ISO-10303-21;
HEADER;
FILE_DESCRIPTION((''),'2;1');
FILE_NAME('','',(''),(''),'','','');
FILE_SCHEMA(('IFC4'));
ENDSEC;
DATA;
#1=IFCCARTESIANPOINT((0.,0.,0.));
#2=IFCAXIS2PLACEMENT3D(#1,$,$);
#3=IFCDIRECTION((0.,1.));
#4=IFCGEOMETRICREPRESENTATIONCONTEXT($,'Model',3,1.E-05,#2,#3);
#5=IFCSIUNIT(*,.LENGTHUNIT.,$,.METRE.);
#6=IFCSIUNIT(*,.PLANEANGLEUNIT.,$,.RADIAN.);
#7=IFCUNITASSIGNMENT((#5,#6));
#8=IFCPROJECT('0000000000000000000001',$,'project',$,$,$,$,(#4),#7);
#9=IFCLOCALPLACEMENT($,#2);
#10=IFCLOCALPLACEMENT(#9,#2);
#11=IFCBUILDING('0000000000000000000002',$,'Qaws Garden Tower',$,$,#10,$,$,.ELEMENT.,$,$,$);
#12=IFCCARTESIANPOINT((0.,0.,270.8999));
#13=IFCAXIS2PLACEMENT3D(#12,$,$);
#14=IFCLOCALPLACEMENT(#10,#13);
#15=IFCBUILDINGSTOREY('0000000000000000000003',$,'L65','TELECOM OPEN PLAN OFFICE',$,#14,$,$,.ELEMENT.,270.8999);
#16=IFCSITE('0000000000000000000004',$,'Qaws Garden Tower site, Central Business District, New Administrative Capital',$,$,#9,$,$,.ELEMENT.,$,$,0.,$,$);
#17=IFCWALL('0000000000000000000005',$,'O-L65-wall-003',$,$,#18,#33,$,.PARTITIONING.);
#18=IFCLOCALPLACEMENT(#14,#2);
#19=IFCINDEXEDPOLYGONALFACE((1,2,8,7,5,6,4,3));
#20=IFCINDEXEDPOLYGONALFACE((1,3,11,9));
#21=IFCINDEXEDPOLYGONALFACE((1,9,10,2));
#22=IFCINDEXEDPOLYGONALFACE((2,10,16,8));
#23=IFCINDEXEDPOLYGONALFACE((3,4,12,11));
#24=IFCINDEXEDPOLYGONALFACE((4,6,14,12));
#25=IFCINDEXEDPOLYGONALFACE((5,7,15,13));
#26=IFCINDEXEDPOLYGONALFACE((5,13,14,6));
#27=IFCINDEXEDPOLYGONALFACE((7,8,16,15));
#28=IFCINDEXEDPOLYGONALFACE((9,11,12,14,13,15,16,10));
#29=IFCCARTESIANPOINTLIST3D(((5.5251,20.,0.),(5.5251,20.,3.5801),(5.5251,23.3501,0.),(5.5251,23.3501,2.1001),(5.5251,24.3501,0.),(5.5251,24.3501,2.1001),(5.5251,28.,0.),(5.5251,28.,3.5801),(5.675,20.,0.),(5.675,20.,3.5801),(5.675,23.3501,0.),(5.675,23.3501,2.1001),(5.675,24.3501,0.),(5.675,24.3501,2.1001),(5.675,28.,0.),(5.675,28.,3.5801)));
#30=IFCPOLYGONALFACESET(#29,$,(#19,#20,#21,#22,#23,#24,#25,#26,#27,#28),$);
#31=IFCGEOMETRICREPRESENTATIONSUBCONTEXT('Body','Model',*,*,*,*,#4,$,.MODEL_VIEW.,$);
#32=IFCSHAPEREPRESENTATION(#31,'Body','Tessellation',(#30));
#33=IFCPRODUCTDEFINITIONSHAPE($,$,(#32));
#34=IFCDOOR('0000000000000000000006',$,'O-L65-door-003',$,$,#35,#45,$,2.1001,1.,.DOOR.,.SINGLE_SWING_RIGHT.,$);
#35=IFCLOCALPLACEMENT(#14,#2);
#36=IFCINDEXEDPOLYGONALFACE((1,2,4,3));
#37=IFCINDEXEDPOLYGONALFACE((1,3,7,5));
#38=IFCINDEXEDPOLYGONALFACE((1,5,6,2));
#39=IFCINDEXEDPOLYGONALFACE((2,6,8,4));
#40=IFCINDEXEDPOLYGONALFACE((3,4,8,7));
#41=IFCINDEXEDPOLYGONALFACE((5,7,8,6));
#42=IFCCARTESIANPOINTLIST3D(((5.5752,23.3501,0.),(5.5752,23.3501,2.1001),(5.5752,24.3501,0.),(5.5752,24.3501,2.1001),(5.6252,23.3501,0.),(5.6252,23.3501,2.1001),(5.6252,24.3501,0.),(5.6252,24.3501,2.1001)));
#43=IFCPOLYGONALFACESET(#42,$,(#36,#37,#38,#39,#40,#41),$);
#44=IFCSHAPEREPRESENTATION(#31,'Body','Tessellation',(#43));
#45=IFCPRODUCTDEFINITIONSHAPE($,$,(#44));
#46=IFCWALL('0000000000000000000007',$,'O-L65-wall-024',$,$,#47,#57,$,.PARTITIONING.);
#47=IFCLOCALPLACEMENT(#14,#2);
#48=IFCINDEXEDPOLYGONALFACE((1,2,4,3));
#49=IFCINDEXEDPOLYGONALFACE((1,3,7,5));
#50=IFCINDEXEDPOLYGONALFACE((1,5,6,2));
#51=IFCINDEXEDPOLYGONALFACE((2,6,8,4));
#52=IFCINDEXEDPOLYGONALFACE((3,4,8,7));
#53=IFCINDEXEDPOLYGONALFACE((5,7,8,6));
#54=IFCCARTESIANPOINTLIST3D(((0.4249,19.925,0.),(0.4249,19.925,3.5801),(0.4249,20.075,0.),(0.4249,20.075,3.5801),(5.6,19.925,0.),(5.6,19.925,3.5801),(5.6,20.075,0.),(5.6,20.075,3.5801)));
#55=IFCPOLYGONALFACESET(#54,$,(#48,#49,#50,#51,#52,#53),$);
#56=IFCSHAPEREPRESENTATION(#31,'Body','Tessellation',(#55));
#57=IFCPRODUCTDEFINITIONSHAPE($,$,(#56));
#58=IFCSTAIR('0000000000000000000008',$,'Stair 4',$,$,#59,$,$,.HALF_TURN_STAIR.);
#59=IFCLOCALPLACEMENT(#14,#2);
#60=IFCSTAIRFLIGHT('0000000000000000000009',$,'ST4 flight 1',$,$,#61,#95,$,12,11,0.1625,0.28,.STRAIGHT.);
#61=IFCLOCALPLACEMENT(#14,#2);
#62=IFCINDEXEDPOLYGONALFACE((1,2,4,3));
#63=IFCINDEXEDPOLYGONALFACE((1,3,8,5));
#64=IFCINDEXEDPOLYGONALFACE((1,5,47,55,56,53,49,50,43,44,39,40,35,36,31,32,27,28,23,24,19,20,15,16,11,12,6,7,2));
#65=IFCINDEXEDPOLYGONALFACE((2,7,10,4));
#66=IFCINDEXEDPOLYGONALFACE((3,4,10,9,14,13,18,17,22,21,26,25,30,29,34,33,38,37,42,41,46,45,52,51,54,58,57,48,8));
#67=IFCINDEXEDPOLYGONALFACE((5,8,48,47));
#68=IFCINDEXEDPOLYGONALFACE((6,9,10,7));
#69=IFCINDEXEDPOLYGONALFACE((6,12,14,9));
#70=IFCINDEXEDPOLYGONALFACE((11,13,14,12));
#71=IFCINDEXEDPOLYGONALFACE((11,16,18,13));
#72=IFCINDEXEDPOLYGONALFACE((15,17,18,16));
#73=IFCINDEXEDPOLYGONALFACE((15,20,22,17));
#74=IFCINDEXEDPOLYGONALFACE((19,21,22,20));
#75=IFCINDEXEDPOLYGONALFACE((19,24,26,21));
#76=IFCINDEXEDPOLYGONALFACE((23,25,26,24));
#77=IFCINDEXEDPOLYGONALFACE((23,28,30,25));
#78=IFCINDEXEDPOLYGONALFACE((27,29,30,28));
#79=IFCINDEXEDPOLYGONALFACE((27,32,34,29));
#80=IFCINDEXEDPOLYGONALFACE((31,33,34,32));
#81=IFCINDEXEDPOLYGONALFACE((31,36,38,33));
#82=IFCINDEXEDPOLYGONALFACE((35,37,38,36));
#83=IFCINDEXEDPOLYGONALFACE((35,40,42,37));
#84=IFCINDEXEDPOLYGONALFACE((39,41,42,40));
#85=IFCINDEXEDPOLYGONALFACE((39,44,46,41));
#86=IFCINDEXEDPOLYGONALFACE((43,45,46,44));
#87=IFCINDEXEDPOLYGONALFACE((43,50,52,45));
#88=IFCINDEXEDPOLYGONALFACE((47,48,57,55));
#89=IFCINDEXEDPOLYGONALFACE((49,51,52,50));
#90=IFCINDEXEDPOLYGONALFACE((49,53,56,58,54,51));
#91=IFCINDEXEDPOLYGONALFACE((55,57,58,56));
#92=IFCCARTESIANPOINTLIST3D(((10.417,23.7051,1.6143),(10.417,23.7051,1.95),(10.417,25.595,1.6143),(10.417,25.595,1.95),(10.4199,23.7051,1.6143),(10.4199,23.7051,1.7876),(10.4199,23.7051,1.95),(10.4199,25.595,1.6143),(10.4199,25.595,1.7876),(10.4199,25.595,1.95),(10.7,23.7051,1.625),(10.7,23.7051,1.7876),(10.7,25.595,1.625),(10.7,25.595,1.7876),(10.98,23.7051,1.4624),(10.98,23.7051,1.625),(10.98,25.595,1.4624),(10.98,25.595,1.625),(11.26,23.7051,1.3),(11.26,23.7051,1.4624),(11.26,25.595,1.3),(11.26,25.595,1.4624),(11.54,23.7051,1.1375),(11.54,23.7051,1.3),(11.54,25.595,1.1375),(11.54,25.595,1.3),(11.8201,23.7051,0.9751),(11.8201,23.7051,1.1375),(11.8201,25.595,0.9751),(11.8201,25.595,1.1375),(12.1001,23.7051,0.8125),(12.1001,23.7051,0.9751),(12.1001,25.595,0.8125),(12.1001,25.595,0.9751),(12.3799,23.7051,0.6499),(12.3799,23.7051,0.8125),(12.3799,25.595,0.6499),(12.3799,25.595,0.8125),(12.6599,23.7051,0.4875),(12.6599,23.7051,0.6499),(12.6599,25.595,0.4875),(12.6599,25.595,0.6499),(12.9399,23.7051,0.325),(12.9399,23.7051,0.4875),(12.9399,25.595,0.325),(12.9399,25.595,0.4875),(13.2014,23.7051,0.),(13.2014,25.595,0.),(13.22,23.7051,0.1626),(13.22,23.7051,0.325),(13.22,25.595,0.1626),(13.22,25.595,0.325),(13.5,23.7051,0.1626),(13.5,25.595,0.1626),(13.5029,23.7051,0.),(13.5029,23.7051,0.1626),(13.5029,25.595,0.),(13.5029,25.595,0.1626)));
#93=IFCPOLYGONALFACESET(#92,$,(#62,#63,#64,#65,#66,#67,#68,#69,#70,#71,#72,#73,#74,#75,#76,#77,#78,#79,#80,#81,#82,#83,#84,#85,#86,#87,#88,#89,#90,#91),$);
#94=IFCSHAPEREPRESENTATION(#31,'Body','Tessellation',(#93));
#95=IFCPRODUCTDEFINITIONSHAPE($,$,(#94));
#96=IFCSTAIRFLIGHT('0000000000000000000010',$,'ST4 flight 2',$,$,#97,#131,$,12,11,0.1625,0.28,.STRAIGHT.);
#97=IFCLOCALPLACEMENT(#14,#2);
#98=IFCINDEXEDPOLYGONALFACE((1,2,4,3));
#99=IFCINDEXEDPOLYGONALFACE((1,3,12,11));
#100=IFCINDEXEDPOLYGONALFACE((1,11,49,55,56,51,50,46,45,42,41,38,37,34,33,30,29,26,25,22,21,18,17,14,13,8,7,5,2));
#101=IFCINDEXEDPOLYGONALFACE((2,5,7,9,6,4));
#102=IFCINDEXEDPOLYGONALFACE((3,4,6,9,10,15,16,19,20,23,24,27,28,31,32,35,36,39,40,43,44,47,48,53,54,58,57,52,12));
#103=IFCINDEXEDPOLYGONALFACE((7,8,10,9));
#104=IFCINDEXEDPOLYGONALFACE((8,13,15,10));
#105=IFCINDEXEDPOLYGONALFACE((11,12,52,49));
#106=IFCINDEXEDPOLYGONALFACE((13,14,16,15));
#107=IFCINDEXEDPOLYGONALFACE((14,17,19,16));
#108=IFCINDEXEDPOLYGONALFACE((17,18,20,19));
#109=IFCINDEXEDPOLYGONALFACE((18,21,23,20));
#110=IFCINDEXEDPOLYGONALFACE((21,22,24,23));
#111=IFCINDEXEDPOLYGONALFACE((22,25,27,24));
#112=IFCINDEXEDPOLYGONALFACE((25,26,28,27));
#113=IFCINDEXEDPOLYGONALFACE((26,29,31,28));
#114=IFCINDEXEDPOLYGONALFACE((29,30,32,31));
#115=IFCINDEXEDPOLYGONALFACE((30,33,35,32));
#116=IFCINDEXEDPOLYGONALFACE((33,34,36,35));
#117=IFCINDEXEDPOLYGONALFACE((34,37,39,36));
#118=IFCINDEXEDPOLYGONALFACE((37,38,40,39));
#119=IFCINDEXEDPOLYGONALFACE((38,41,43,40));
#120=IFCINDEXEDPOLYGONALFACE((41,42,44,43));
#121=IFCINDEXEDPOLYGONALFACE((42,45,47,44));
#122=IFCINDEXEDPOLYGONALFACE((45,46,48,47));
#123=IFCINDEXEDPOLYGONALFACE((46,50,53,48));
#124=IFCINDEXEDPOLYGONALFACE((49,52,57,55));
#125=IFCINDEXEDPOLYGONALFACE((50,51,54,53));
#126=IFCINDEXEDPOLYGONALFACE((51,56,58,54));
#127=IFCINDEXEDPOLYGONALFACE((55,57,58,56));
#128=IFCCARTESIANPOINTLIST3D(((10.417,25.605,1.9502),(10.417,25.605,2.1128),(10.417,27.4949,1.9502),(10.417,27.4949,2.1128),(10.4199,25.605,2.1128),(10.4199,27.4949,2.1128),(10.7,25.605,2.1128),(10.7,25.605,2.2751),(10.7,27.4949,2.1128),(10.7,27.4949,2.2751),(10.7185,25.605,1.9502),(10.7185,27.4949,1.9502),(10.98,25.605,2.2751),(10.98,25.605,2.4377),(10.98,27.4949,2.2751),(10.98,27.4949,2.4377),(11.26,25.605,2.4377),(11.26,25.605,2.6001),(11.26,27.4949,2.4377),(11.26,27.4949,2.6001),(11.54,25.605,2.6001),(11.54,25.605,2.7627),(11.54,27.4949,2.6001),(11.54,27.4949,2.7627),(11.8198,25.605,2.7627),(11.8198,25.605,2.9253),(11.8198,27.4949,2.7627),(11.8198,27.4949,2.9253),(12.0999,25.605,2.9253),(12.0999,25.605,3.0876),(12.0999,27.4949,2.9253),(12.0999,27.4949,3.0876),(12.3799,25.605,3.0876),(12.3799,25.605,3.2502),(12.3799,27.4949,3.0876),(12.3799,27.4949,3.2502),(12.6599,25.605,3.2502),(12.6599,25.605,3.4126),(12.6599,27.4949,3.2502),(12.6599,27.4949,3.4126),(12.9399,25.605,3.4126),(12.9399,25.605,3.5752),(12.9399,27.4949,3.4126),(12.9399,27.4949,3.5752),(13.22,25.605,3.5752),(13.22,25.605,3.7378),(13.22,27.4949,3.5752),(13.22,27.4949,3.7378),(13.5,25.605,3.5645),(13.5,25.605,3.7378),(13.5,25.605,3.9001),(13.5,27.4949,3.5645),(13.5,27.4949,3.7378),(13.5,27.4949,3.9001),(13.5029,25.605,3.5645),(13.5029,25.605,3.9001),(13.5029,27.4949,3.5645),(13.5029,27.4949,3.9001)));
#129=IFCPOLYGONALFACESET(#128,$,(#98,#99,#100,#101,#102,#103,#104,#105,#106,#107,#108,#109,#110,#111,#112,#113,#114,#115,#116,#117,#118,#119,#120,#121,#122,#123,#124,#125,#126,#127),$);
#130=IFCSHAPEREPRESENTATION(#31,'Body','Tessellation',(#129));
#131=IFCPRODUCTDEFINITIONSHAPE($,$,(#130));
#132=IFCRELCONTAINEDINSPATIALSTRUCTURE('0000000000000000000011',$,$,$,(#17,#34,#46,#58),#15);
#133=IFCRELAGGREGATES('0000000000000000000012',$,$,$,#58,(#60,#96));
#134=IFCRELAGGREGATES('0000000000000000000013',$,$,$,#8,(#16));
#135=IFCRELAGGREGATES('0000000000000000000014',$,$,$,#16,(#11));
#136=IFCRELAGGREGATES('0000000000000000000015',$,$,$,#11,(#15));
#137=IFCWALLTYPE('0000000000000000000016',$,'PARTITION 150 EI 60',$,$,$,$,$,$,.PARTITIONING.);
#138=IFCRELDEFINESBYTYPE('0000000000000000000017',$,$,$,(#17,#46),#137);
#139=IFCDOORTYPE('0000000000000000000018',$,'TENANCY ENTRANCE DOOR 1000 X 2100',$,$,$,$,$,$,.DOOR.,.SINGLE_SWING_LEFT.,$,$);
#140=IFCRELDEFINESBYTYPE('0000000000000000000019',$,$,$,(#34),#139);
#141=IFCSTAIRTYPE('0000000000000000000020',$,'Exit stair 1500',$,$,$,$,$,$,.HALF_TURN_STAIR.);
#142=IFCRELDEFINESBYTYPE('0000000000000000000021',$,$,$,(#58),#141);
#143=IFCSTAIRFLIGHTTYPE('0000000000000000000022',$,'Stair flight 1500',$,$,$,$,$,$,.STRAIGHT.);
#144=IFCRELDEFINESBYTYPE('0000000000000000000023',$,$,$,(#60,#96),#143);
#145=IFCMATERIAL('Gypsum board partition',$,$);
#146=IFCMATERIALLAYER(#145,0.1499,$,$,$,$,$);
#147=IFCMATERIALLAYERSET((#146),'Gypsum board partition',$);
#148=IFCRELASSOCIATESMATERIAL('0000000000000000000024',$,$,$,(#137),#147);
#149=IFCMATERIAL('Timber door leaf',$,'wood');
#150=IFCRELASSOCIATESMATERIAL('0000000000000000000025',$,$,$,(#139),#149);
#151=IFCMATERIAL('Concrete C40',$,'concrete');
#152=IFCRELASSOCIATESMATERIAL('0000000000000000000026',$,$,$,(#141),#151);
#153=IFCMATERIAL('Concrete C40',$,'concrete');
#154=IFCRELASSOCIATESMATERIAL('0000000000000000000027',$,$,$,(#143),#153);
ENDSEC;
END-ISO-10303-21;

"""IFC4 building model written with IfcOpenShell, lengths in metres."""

from ifc_helpers import new_model, si_unit, direction, frame, frame_2d, origin, place, context, subcontext, project, spatial, polyline, rectangle, outline, extrude, material, layer, layer_set, type_object, element, fill, aggregate, save


model = new_model("IFC4")

# Units and contexts
model_context = context("Model", 3, precision=1e-05, world=origin(), true_north=direction((0.0, 1.0)))
body_context = subcontext(model_context, "Body", "Model", "MODEL_VIEW")
ifc_project = project(units=[si_unit("LENGTHUNIT", "METRE"), si_unit("PLANEANGLEUNIT", "RADIAN")], contexts=[model_context])

# Site, building, storey
site_placement = place(None, origin())
site = spatial("IfcSite", under=ifc_project, at=site_placement, Name="Qaws Garden Tower site, Central Business District, New Administrative Capital", CompositionType="ELEMENT", RefElevation=0.0)
building_placement = place(site_placement, origin())
building = spatial("IfcBuilding", under=site, at=building_placement, Name="Qaws Garden Tower", CompositionType="ELEMENT")
storey_placement = place(building_placement, frame((0.0, 0.0, 270.8999)))
storey = spatial("IfcBuildingStorey", under=building, at=storey_placement, Name="L65", Description="TELECOM OPEN PLAN OFFICE", CompositionType="ELEMENT", Elevation=270.8999)

# Wall, opening, door
ifc_material_1 = material(Name="Gypsum board partition")
ifc_layer_1 = layer(ifc_material_1, 0.1499)
ifc_layer_set_1 = layer_set([ifc_layer_1], Name="Gypsum board partition")
wall_type_1 = type_object("IfcWallType", Name="PARTITION 150 EI 60", PredefinedType="PARTITIONING", material=ifc_layer_set_1)
wall_1_placement = place(storey_placement, frame((5.6001, 20.0, 0.0), z_axis=(0.0, 0.0, 1.0), x_axis=(0.0, 1.0, 0.0)))
wall_1 = element("IfcWall", 1, at=wall_1_placement, inside=storey, type_object=wall_type_1, Name="O-L65-wall-003", PredefinedType="PARTITIONING", context=body_context, shape_type="SweptSolid", body=[
    extrude(rectangle(XDim=8.0, YDim=0.1499, at=frame_2d((4.0, 0.0))), origin(), (0.0, 0.0, 1.0), 3.5801),
])
opening_1_placement = place(wall_1_placement, frame((3.3501, 0.0, 0.0)))
opening_1 = element("IfcOpeningElement", 2, at=opening_1_placement, cuts=wall_1, PredefinedType="OPENING", context=body_context, shape_type="SweptSolid", body=[
    extrude(rectangle(XDim=1.0, YDim=2.1001, at=frame_2d((0.5, 1.05))), frame((0.0, 0.085, 0.0), z_axis=(0.0, -1.0, 0.0), x_axis=(1.0, 0.0, 0.0)), (0.0, 0.0, 1.0), 0.1699),
])
ifc_material_2 = material(Name="Timber door leaf", Category="wood")
door_type_1 = type_object("IfcDoorType", Name="TENANCY ENTRANCE DOOR 1000 X 2100", OperationType="SINGLE_SWING_LEFT", PredefinedType="DOOR", material=ifc_material_2)
door_1_placement = place(opening_1_placement, origin())
door_1 = element("IfcDoor", 3, at=door_1_placement, inside=storey, type_object=door_type_1, Name="O-L65-door-003", OperationType="SINGLE_SWING_RIGHT", OverallHeight=2.1001, OverallWidth=1.0, PredefinedType="DOOR", context=body_context, shape_type="SweptSolid", body=[
    extrude(rectangle(XDim=1.0, YDim=2.1001, at=frame_2d((0.5, 1.05))), frame((0.0, 0.0249, 0.0), z_axis=(0.0, -1.0, 0.0), x_axis=(1.0, 0.0, 0.0)), (0.0, 0.0, 1.0), 0.05),
])
fill(opening_1, door_1)

# Wall
wall_2_placement = place(storey_placement, frame((0.425, 20.0, 0.0), z_axis=(0.0, 0.0, 1.0), x_axis=(1.0, 0.0, 0.0)))
element("IfcWall", 4, at=wall_2_placement, inside=storey, type_object=wall_type_1, Name="O-L65-wall-024", PredefinedType="PARTITIONING", context=body_context, shape_type="SweptSolid", body=[
    extrude(rectangle(XDim=5.175, YDim=0.1499, at=frame_2d((2.5874, 0.0))), origin(), (0.0, 0.0, 1.0), 3.5801),
])

# Stair, stair flights
ifc_material_3 = material(Name="Concrete C40", Category="concrete")
stair_type = type_object("IfcStairType", Name="Exit stair 1500", PredefinedType="HALF_TURN_STAIR", material=ifc_material_3)
stair_placement = place(storey_placement, origin())
stair = element("IfcStair", 5, at=stair_placement, inside=storey, type_object=stair_type, Name="Stair 4", PredefinedType="HALF_TURN_STAIR")
ifc_material_4 = material(Name="Concrete C40", Category="concrete")
stair_flight_type = type_object("IfcStairFlightType", Name="Stair flight 1500", PredefinedType="STRAIGHT", material=ifc_material_4)
stair_flight_1_placement = place(storey_placement, frame((13.5, 24.6499, 0.0), z_axis=(0.0, 0.0, 1.0), x_axis=(-1.0, 0.0, 0.0)))
stair_flight_1 = element("IfcStairFlight", 6, at=stair_flight_1_placement, type_object=stair_flight_type, Name="ST4 flight 1", NumberOfRisers=12, NumberOfTreads=11, PredefinedType="STRAIGHT", RiserHeight=0.1625, TreadLength=0.28, context=body_context, shape_type="SweptSolid", body=[
    extrude(outline(polyline([(-0.0029, 0.0), (-0.0029, 0.1626), (0.0, 0.1626), (0.28, 0.1626), (0.28, 0.325), (0.5601, 0.325), (0.5601, 0.4875), (0.8401, 0.4875), (0.8401, 0.6499), (1.1201, 0.6499), (1.1201, 0.8125), (1.3999, 0.8125), (1.3999, 0.9751), (1.6799, 0.9751), (1.6799, 1.1375), (1.96, 1.1375), (1.96, 1.3), (2.24, 1.3), (2.24, 1.4624), (2.52, 1.4624), (2.52, 1.625), (2.8, 1.625), (2.8, 1.7876), (3.0801, 1.7876), (3.0801, 1.95), (3.083, 1.95), (3.083, 1.6143), (3.0801, 1.6143), (0.2986, 0.0), (-0.0029, 0.0)])), frame((0.0, 0.9448, 0.0), z_axis=(0.0, -1.0, 0.0), x_axis=(1.0, 0.0, 0.0)), (0.0, 0.0, 1.0), 1.8899),
])
stair_flight_2_placement = place(storey_placement, frame((10.4199, 26.55, 1.9502), z_axis=(0.0, 0.0, 1.0), x_axis=(1.0, 0.0, 0.0)))
stair_flight_2 = element("IfcStairFlight", 7, at=stair_flight_2_placement, type_object=stair_flight_type, Name="ST4 flight 2", NumberOfRisers=12, NumberOfTreads=11, PredefinedType="STRAIGHT", RiserHeight=0.1625, TreadLength=0.28, context=body_context, shape_type="SweptSolid", body=[
    extrude(outline(polyline([(-0.0029, 0.0), (-0.0029, 0.1626), (0.0, 0.1626), (0.28, 0.1626), (0.28, 0.325), (0.5601, 0.325), (0.5601, 0.4875), (0.8401, 0.4875), (0.8401, 0.6499), (1.1201, 0.6499), (1.1201, 0.8125), (1.3999, 0.8125), (1.3999, 0.9751), (1.6799, 0.9751), (1.6799, 1.1375), (1.96, 1.1375), (1.96, 1.3), (2.24, 1.3), (2.24, 1.4624), (2.52, 1.4624), (2.52, 1.625), (2.8, 1.625), (2.8, 1.7876), (3.0801, 1.7876), (3.0801, 1.95), (3.083, 1.95), (3.083, 1.6143), (3.0801, 1.6143), (0.2986, 0.0), (-0.0029, 0.0)])), frame((0.0, 0.9448, 0.0), z_axis=(0.0, -1.0, 0.0), x_axis=(1.0, 0.0, 0.0)), (0.0, 0.0, 1.0), 1.8899),
])
aggregate(stair, [stair_flight_1, stair_flight_2])

save(model, "model.ifc")
